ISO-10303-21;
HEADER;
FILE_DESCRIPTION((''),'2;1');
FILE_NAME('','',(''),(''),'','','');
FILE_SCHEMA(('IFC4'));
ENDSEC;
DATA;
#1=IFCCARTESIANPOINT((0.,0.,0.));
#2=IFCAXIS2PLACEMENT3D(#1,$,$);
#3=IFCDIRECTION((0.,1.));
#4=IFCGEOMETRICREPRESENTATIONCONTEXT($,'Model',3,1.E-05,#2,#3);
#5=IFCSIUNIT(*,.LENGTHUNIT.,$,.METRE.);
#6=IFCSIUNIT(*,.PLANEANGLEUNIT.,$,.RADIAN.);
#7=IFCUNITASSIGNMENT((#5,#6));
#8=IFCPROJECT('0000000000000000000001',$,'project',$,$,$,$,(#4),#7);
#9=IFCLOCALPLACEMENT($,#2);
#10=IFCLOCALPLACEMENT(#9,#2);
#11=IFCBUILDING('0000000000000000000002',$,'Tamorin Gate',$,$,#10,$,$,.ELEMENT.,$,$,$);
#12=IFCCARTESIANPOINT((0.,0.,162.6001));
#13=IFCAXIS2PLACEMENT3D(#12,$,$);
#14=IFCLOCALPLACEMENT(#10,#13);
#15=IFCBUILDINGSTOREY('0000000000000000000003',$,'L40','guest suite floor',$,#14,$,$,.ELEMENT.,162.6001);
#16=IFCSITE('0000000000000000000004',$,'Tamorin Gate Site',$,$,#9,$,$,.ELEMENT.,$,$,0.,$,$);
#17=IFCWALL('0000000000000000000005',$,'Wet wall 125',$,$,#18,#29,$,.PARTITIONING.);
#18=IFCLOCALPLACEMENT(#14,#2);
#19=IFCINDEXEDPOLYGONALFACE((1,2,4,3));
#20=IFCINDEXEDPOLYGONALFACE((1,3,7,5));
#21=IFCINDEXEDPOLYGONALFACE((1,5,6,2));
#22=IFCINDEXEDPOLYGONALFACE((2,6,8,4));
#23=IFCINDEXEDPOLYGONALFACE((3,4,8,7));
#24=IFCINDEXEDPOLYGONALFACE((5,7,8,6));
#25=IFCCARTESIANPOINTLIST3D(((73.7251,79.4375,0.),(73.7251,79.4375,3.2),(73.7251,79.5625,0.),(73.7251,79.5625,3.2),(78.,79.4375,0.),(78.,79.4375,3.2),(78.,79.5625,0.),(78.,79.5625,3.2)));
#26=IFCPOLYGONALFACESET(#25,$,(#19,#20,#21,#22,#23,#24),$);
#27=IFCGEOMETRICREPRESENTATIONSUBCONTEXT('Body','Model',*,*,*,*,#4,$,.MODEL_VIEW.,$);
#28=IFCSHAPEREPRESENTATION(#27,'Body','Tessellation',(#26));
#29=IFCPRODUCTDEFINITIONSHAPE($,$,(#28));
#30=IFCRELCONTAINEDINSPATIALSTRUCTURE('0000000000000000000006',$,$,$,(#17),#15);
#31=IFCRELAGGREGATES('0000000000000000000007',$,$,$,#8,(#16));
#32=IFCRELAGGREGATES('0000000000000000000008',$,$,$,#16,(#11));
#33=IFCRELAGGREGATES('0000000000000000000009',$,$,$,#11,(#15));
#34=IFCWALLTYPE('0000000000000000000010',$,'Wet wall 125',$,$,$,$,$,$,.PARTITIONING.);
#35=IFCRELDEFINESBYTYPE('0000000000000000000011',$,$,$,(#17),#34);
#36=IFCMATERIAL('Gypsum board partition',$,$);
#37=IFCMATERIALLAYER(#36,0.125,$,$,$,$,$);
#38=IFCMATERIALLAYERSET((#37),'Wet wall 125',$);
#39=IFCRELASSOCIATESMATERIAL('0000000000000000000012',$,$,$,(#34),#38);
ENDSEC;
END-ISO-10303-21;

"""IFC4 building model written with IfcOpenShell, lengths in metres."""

from ifc_helpers import new_model, si_unit, direction, frame, frame_2d, origin, place, context, subcontext, project, spatial, rectangle, extrude, material, layer, layer_set, type_object, element, save


model = new_model("IFC4")

# Units and contexts
model_context = context("Model", 3, precision=1e-05, world=origin(), true_north=direction((0.0, 1.0)))
body_context = subcontext(model_context, "Body", "Model", "MODEL_VIEW")
ifc_project = project(units=[si_unit("LENGTHUNIT", "METRE"), si_unit("PLANEANGLEUNIT", "RADIAN")], contexts=[model_context])

# Site, building, storey
site_placement = place(None, origin())
site = spatial("IfcSite", under=ifc_project, at=site_placement, Name="Tamorin Gate Site", CompositionType="ELEMENT", RefElevation=0.0)
building_placement = place(site_placement, origin())
building = spatial("IfcBuilding", under=site, at=building_placement, Name="Tamorin Gate", CompositionType="ELEMENT")
storey_placement = place(building_placement, frame((0.0, 0.0, 162.6001)))
storey = spatial("IfcBuildingStorey", under=building, at=storey_placement, Name="L40", Description="guest suite floor", CompositionType="ELEMENT", Elevation=162.6001)

# Shared definitions
ifc_material_1 = material(Name="Gypsum board partition")

# Wall
ifc_layer_1 = layer(ifc_material_1, 0.125)
ifc_layer_set_1 = layer_set([ifc_layer_1], Name="Wet wall 125")
wall_type_1 = type_object("IfcWallType", Name="Wet wall 125", PredefinedType="PARTITIONING", material=ifc_layer_set_1)
wall_1_placement = place(storey_placement, frame((73.7251, 79.5, 0.0), z_axis=(0.0, 0.0, 1.0), x_axis=(1.0, 0.0, 0.0)))
element("IfcWall", 1, at=wall_1_placement, inside=storey, type_object=wall_type_1, Name="Wet wall 125", PredefinedType="PARTITIONING", context=body_context, shape_type="SweptSolid", body=[
    extrude(rectangle(XDim=4.2749, YDim=0.125, at=frame_2d((2.1375, 0.0))), origin(), (0.0, 0.0, 1.0), 3.2),
])

save(model, "model.ifc")
